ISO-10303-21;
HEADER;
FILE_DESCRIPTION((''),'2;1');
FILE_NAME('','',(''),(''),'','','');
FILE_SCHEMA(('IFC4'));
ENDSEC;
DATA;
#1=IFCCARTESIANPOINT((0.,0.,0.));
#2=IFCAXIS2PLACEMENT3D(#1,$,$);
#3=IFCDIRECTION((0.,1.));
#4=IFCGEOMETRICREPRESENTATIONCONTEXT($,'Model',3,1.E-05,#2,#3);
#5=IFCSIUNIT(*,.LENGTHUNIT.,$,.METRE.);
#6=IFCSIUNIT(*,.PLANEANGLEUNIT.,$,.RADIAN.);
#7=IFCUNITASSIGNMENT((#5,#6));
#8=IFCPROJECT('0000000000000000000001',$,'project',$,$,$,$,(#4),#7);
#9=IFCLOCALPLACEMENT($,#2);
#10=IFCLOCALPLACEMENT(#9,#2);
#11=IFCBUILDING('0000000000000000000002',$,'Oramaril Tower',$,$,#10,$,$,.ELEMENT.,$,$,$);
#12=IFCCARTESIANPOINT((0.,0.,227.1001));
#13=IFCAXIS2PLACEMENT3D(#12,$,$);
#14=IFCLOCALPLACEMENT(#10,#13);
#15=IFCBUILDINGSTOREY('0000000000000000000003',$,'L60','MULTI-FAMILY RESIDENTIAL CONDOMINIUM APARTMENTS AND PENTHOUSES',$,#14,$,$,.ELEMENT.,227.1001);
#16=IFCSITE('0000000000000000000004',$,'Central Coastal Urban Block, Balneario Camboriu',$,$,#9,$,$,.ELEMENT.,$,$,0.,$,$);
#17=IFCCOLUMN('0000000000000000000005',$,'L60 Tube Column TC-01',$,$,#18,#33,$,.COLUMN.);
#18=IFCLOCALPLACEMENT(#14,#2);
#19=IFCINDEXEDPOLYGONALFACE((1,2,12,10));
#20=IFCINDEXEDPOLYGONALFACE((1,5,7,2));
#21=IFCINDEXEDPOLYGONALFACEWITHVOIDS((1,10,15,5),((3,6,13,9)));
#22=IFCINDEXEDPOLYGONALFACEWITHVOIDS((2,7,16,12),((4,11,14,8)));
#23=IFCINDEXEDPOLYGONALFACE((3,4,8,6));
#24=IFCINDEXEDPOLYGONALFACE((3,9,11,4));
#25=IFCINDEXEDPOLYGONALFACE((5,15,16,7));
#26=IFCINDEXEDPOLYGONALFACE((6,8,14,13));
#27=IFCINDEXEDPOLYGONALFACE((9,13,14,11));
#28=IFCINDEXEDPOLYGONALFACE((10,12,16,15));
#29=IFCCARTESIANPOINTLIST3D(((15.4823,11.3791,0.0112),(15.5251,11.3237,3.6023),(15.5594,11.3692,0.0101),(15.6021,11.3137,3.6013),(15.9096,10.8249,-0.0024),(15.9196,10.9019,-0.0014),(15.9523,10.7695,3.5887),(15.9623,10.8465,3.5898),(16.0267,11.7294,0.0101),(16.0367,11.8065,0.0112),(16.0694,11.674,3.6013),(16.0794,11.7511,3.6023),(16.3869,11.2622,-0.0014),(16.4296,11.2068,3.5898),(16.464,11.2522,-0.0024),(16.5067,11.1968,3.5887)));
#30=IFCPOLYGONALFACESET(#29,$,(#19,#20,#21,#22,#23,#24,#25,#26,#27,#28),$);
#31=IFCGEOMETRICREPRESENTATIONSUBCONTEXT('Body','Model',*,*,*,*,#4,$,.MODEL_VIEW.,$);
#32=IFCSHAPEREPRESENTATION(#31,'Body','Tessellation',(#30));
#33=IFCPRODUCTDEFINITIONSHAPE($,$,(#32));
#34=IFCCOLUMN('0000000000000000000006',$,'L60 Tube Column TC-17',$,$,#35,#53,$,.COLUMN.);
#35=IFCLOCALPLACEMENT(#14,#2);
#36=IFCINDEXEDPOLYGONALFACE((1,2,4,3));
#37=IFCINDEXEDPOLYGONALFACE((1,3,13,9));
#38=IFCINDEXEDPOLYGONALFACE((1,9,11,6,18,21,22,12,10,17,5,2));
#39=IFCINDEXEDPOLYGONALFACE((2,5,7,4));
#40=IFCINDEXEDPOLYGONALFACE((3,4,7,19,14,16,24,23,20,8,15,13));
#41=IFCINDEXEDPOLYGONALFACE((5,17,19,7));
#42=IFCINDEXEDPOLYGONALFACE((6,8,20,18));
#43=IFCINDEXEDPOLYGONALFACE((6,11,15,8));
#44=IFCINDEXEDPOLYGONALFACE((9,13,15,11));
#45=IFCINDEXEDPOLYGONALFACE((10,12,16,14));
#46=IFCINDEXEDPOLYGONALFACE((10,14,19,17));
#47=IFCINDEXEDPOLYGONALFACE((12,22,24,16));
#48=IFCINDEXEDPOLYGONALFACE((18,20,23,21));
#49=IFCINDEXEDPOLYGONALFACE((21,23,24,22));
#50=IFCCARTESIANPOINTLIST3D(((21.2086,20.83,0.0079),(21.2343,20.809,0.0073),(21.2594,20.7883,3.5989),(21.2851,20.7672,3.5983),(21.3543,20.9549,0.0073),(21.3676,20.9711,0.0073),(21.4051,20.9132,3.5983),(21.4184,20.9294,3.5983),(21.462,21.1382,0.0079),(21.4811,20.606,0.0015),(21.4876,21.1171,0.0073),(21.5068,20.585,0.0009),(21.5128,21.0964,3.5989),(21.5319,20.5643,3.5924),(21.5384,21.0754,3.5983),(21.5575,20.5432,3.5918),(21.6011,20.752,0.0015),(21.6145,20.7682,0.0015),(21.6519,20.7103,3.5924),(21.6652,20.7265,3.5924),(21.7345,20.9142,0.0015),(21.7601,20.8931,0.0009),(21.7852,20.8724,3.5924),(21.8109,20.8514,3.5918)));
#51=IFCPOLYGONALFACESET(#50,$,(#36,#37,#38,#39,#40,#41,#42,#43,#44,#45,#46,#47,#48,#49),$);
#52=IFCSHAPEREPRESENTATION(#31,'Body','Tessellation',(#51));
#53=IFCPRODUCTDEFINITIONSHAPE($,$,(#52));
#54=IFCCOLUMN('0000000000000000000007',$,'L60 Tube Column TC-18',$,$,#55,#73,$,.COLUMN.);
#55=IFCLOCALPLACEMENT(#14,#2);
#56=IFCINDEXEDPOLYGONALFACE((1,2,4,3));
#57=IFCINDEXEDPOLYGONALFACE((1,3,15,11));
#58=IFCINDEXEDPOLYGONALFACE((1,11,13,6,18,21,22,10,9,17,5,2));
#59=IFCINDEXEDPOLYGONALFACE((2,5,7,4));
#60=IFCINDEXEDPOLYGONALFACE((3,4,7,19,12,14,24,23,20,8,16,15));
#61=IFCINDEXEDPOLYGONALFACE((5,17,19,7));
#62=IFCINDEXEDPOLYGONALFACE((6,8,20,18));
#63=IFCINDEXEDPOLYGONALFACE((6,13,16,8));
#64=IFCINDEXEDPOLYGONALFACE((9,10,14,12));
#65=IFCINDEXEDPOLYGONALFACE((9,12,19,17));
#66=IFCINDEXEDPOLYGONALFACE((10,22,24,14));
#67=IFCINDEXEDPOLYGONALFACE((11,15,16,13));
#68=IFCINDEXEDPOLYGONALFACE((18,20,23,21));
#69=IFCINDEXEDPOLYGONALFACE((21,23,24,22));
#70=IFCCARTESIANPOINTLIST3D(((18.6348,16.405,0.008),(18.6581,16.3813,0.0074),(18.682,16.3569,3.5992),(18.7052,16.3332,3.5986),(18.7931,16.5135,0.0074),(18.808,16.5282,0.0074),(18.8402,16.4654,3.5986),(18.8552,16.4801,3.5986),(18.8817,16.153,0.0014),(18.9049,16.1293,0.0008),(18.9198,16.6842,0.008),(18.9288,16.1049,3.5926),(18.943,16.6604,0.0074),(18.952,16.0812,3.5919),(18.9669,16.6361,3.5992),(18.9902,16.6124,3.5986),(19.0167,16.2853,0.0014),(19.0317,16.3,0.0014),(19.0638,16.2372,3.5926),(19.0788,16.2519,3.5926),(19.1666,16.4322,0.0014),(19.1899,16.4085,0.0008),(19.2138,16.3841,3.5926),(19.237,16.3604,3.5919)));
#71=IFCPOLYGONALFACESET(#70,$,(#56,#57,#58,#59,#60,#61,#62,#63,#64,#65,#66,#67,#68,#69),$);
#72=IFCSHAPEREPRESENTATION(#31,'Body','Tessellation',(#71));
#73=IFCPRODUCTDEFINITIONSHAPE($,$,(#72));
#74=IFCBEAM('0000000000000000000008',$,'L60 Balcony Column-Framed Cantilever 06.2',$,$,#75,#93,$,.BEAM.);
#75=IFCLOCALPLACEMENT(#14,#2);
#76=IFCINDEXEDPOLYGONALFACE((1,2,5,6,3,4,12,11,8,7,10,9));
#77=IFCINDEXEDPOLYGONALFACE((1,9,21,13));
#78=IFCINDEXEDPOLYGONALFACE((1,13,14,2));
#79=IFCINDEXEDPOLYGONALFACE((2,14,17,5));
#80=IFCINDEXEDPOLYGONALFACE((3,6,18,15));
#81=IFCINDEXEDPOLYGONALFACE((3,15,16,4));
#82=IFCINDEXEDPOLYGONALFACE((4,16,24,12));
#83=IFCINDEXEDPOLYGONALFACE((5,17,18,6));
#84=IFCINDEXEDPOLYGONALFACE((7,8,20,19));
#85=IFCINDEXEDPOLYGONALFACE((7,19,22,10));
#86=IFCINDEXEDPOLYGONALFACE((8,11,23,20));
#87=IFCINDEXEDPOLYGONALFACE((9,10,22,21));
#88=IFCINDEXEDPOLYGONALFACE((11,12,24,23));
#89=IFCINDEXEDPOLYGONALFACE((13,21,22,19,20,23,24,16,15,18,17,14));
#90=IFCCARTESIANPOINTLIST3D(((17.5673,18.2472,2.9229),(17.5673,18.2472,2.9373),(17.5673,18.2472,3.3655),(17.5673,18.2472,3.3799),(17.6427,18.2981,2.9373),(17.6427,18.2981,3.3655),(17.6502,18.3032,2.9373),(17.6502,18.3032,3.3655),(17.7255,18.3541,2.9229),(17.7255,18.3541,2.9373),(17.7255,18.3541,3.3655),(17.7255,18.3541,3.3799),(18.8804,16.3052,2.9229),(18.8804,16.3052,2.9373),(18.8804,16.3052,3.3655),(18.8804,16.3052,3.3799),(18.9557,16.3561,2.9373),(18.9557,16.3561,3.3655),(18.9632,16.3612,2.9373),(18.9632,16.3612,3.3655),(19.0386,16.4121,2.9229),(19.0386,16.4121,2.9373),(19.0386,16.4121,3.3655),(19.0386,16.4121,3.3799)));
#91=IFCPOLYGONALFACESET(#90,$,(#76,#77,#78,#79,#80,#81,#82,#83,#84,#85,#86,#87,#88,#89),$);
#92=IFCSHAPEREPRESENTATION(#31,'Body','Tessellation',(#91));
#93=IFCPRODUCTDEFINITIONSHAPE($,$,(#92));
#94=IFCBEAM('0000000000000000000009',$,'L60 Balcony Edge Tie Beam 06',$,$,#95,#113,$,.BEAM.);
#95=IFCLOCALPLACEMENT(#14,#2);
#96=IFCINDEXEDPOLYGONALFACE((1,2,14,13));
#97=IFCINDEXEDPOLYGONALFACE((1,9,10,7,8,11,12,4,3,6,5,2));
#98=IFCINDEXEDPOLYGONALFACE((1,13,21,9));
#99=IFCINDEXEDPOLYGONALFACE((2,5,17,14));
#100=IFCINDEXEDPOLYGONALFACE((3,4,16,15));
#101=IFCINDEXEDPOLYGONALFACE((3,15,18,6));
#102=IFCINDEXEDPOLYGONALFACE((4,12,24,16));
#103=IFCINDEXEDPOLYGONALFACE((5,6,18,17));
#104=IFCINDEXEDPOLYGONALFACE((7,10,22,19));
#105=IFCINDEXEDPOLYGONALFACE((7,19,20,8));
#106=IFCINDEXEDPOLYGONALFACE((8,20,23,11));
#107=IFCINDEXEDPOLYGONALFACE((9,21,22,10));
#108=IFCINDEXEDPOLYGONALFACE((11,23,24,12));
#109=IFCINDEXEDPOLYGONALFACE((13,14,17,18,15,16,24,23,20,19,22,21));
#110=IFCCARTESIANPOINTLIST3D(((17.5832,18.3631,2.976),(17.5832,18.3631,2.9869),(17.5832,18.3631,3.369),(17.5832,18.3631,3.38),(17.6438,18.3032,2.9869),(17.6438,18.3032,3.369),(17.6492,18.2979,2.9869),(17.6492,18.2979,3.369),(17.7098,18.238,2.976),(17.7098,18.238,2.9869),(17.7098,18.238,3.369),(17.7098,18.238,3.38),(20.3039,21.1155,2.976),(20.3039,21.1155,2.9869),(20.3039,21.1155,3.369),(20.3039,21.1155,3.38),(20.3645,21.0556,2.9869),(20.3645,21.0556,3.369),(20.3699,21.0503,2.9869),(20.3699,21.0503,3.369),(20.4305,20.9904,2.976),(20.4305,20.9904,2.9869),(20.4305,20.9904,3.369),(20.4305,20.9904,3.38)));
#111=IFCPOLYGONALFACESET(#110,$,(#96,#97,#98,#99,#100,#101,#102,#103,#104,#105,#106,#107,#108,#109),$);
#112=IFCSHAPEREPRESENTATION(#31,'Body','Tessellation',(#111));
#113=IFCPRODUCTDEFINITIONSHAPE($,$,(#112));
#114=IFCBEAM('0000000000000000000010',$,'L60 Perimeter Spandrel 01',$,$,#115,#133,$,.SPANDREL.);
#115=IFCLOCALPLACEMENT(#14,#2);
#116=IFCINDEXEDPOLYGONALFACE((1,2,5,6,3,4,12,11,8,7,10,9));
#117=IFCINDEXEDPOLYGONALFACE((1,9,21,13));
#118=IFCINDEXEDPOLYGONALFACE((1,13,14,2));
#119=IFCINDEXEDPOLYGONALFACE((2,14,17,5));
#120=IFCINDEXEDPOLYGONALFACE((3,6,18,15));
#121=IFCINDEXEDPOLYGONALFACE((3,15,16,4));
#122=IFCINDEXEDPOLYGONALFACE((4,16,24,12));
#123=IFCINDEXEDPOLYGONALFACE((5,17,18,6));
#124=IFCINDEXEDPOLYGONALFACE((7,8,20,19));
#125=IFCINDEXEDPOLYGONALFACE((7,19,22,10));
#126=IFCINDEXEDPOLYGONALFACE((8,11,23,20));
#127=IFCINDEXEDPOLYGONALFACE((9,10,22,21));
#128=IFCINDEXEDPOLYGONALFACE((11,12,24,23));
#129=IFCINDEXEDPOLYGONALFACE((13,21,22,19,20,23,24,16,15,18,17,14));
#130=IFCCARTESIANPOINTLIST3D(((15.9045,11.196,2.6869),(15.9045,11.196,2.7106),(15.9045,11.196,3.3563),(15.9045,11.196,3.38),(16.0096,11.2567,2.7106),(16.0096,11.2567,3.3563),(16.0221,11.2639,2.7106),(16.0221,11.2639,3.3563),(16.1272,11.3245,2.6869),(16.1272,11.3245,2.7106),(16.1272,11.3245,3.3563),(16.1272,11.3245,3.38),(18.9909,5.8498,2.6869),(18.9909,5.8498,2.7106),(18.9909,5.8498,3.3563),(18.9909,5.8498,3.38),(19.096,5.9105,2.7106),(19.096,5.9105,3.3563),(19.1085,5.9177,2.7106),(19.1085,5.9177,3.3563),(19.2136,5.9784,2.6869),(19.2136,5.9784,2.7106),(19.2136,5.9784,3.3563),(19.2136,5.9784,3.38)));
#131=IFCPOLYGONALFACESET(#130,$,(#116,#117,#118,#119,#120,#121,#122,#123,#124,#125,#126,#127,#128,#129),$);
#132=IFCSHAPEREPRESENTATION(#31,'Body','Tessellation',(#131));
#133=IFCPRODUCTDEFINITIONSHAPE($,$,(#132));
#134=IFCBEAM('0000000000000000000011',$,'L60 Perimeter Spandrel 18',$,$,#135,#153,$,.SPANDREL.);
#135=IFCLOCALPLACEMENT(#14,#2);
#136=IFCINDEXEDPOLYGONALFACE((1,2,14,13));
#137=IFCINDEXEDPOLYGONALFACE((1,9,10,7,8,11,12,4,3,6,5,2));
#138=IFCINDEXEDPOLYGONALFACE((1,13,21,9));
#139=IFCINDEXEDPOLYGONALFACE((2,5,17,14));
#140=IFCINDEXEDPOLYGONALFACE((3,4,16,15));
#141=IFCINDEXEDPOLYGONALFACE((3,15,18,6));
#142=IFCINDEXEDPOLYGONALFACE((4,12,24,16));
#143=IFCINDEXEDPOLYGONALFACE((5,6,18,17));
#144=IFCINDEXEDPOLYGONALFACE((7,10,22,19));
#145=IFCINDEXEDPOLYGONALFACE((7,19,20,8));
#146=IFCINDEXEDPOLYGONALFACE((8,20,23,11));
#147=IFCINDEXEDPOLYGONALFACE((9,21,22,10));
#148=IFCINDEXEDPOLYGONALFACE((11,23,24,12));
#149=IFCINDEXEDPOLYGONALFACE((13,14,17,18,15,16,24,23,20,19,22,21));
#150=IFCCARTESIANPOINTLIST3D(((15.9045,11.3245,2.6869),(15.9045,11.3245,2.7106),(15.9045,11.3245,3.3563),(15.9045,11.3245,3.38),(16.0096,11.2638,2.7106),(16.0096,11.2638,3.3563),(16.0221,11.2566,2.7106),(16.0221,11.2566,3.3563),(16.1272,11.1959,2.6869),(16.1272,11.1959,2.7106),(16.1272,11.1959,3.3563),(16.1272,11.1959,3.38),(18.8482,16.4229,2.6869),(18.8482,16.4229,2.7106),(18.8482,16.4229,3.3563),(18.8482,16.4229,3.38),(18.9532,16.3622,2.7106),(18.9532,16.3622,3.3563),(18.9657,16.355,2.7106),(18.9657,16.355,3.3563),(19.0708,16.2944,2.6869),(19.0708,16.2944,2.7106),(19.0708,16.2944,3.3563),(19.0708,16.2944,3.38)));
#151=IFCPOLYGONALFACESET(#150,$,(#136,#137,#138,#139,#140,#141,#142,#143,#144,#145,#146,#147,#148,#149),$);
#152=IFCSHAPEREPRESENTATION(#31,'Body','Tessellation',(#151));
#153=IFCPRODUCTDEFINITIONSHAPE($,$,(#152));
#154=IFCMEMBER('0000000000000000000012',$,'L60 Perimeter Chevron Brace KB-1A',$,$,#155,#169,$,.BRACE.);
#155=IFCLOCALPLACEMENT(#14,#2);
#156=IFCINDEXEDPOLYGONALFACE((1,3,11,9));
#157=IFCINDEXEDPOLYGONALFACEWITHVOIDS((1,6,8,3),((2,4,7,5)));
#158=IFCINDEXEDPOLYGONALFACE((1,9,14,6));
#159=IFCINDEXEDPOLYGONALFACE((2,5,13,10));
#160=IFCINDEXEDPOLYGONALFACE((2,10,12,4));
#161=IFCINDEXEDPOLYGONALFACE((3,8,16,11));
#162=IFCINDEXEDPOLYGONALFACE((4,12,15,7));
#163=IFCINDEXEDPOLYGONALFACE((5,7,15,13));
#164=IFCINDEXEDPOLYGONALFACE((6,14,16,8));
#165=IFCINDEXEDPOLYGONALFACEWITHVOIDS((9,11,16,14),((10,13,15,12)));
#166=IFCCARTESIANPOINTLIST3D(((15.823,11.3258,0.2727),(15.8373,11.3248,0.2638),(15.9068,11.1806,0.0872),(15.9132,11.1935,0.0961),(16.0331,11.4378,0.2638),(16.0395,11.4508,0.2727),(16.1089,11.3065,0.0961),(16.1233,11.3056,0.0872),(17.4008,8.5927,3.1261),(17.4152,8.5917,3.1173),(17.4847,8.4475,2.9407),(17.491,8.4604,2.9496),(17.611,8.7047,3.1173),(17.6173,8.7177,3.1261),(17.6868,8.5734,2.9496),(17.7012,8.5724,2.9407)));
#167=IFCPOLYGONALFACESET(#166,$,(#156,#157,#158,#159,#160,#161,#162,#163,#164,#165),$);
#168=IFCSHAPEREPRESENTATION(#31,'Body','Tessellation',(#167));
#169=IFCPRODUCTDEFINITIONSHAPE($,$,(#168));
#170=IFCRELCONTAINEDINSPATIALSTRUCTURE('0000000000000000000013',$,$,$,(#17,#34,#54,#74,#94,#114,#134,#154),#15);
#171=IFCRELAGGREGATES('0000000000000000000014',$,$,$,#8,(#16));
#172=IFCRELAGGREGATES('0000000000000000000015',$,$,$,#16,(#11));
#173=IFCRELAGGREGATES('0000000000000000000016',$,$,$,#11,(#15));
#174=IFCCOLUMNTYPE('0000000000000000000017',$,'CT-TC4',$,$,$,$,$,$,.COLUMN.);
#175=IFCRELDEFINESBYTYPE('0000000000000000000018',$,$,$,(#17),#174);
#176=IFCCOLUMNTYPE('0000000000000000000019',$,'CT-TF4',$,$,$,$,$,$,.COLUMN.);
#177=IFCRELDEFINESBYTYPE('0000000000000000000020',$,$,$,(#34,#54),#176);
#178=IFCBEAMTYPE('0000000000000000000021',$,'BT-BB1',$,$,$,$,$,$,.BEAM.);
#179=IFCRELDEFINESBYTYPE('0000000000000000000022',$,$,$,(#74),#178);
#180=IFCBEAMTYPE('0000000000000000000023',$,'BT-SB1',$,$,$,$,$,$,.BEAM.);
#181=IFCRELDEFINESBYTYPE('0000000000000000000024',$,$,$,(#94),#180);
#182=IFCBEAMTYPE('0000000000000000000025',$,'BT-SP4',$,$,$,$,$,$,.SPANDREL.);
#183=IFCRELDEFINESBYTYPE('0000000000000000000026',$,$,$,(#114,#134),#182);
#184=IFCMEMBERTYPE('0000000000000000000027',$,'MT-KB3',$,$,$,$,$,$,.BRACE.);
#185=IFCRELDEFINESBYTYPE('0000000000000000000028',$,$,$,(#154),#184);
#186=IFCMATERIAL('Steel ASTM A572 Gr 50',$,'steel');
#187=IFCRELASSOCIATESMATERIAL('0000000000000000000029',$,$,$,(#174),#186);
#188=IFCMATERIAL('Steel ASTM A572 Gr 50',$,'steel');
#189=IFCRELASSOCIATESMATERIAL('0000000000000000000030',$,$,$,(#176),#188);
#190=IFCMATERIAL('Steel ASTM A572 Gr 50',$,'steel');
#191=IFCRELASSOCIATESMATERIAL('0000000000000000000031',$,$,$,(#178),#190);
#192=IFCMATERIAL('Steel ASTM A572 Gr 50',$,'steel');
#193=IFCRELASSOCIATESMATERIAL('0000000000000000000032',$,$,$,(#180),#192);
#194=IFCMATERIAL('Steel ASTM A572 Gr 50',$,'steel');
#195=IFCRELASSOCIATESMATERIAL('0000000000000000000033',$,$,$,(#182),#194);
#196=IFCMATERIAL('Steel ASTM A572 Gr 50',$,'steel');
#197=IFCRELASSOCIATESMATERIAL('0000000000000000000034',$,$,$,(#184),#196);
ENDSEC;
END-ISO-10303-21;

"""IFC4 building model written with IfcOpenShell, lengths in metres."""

from ifc_helpers import new_model, si_unit, direction, frame, origin, origin_2d, place, context, subcontext, project, spatial, hollow_rectangle, i_section, extrude, material, material_profile, profile_set, type_object, element, save


model = new_model("IFC4")

# Units and contexts
model_context = context("Model", 3, precision=1e-05, world=origin(), true_north=direction((0.0, 1.0)))
body_context = subcontext(model_context, "Body", "Model", "MODEL_VIEW")
ifc_project = project(units=[si_unit("LENGTHUNIT", "METRE"), si_unit("PLANEANGLEUNIT", "RADIAN")], contexts=[model_context])

# Site, building, storey
site_placement = place(None, origin())
site = spatial("IfcSite", under=ifc_project, at=site_placement, Name="Central Coastal Urban Block, Balneario Camboriu", CompositionType="ELEMENT", RefElevation=0.0)
building_placement = place(site_placement, origin())
building = spatial("IfcBuilding", under=site, at=building_placement, Name="Oramaril Tower", CompositionType="ELEMENT")
storey_placement = place(building_placement, frame((0.0, 0.0, 227.1001)))
storey = spatial("IfcBuildingStorey", under=building, at=storey_placement, Name="L60", Description="MULTI-FAMILY RESIDENTIAL CONDOMINIUM APARTMENTS AND PENTHOUSES", CompositionType="ELEMENT", Elevation=227.1001)

# Columns
ifc_material_1 = material(Name="Steel ASTM A572 Gr 50", Category="steel")
ifc_material_profile_1 = material_profile(ifc_material_1, hollow_rectangle(XDim=0.7, YDim=0.7, WallThickness=0.0549, at=origin_2d()), Name="BOX700X700X55")
ifc_profile_set_1 = profile_set([ifc_material_profile_1], Name="Steel ASTM A572 Gr 50")
column_type_1 = type_object("IfcColumnType", Name="CT-TC4", PredefinedType="COLUMN", material=ifc_profile_set_1)
column_1_placement = place(storey_placement, frame((15.9731, 11.3157, 0.0044), z_axis=(0.011895, -0.01543, 0.99981), x_axis=(0.791975, 0.610553, 0.0)))
element("IfcColumn", 1, at=column_1_placement, inside=storey, type_object=column_type_1, Name="L60 Tube Column TC-01", PredefinedType="COLUMN", context=body_context, shape_type="SweptSolid", body=[
    extrude(hollow_rectangle(XDim=0.7, YDim=0.7, WallThickness=0.0549, at=origin_2d()), origin(), (0.0, 0.0, 1.0), 3.5918),
])
ifc_material_2 = material(Name="Steel ASTM A572 Gr 50", Category="steel")
ifc_material_profile_2 = material_profile(ifc_material_2, i_section(OverallWidth=0.3989, OverallDepth=0.386, WebThickness=0.021, FlangeThickness=0.0332, at=origin_2d()), Name="W14X176")
ifc_profile_set_2 = profile_set([ifc_material_profile_2], Name="Steel ASTM A572 Gr 50")
column_type_2 = type_object("IfcColumnType", Name="CT-TF4", PredefinedType="COLUMN", material=ifc_profile_set_2)
column_2_placement = place(storey_placement, frame((21.4844, 20.8616, 0.0044), z_axis=(0.014139, -0.011624, 0.999832), x_axis=(0.635056, 0.772466, 0.0)))
element("IfcColumn", 2, at=column_2_placement, inside=storey, type_object=column_type_2, Name="L60 Tube Column TC-17", PredefinedType="COLUMN", context=body_context, shape_type="SweptSolid", body=[
    extrude(i_section(OverallWidth=0.3989, OverallDepth=0.386, WebThickness=0.021, FlangeThickness=0.0332, at=origin_2d()), origin(), (0.0, 0.0, 1.0), 3.5916),
])
column_3_placement = place(storey_placement, frame((18.9124, 16.4067, 0.0044), z_axis=(0.013119, -0.013391, 0.999824), x_axis=(0.714322, 0.699818, 0.0)))
element("IfcColumn", 3, at=column_3_placement, inside=storey, type_object=column_type_2, Name="L60 Tube Column TC-18", PredefinedType="COLUMN", context=body_context, shape_type="SweptSolid", body=[
    extrude(i_section(OverallWidth=0.3989, OverallDepth=0.386, WebThickness=0.021, FlangeThickness=0.0332, at=origin_2d()), origin(), (0.0, 0.0, 1.0), 3.5918),
])

# Beams
ifc_material_3 = material(Name="Steel ASTM A572 Gr 50", Category="steel")
ifc_material_profile_3 = material_profile(ifc_material_3, i_section(OverallWidth=0.1909, OverallDepth=0.457, WebThickness=0.009, FlangeThickness=0.0144, at=origin_2d()), Name="W18X50")
ifc_profile_set_3 = profile_set([ifc_material_profile_3], Name="Steel ASTM A572 Gr 50")
beam_type_1 = type_object("IfcBeamType", Name="BT-BB1", PredefinedType="BEAM", material=ifc_profile_set_3)
beam_1_placement = place(storey_placement, frame((18.9595, 16.3586, 3.1514), z_axis=(-0.56012, 0.828411, 0.0), x_axis=(-0.828411, -0.56012, 0.0)))
element("IfcBeam", 4, at=beam_1_placement, inside=storey, type_object=beam_type_1, Name="L60 Balcony Column-Framed Cantilever 06.2", PredefinedType="BEAM", context=body_context, shape_type="SweptSolid", body=[
    extrude(i_section(OverallWidth=0.1909, OverallDepth=0.457, WebThickness=0.009, FlangeThickness=0.0144, at=origin_2d()), origin(), (0.0, 0.0, 1.0), 2.3442),
])
ifc_material_4 = material(Name="Steel ASTM A572 Gr 50", Category="steel")
ifc_material_profile_4 = material_profile(ifc_material_4, i_section(OverallWidth=0.178, OverallDepth=0.4041, WebThickness=0.0076, FlangeThickness=0.011, at=origin_2d()), Name="W16X36")
ifc_profile_set_4 = profile_set([ifc_material_profile_4], Name="Steel ASTM A572 Gr 50")
beam_type_2 = type_object("IfcBeamType", Name="BT-SB1", PredefinedType="BEAM", material=ifc_profile_set_4)
beam_2_placement = place(storey_placement, frame((20.3672, 21.053, 3.178), z_axis=(-0.702995, -0.711195, 0.0), x_axis=(0.711195, -0.702995, 0.0)))
element("IfcBeam", 5, at=beam_2_placement, inside=storey, type_object=beam_type_2, Name="L60 Balcony Edge Tie Beam 06", PredefinedType="BEAM", context=body_context, shape_type="SweptSolid", body=[
    extrude(i_section(OverallWidth=0.178, OverallDepth=0.4041, WebThickness=0.0076, FlangeThickness=0.011, at=origin_2d()), origin(), (0.0, 0.0, 1.0), 3.8701),
])
ifc_material_5 = material(Name="Steel ASTM A572 Gr 50", Category="steel")
ifc_material_profile_5 = material_profile(ifc_material_5, i_section(OverallWidth=0.2571, OverallDepth=0.6931, WebThickness=0.0144, FlangeThickness=0.0237, at=origin_2d()), Name="W27X114")
ifc_profile_set_5 = profile_set([ifc_material_profile_5], Name="Steel ASTM A572 Gr 50")
beam_type_3 = type_object("IfcBeamType", Name="BT-SP4", PredefinedType="SPANDREL", material=ifc_profile_set_5)
beam_3_placement = place(storey_placement, frame((16.0159, 11.2603, 3.0334), z_axis=(0.499976, -0.866039, 0.0), x_axis=(0.866039, 0.499976, 0.0)))
element("IfcBeam", 6, at=beam_3_placement, inside=storey, type_object=beam_type_3, Name="L60 Perimeter Spandrel 01", PredefinedType="SPANDREL", context=body_context, shape_type="SweptSolid", body=[
    extrude(i_section(OverallWidth=0.2571, OverallDepth=0.6931, WebThickness=0.0144, FlangeThickness=0.0237, at=origin_2d()), origin(), (0.0, 0.0, 1.0), 6.1731),
])
beam_4_placement = place(storey_placement, frame((18.9595, 16.3586, 3.0334), z_axis=(-0.500006, -0.866022, 0.0), x_axis=(0.866022, -0.500006, 0.0)))
element("IfcBeam", 7, at=beam_4_placement, inside=storey, type_object=beam_type_3, Name="L60 Perimeter Spandrel 18", PredefinedType="SPANDREL", context=body_context, shape_type="SweptSolid", body=[
    extrude(i_section(OverallWidth=0.2571, OverallDepth=0.6931, WebThickness=0.0144, FlangeThickness=0.0237, at=origin_2d()), origin(), (0.0, 0.0, 1.0), 5.8872),
])

# Member
ifc_material_6 = material(Name="Steel ASTM A572 Gr 50", Category="steel")
ifc_material_profile_6 = material_profile(ifc_material_6, hollow_rectangle(XDim=0.25, YDim=0.25, WallThickness=0.012, at=origin_2d()), Name="HSS250X250X12")
ifc_profile_set_6 = profile_set([ifc_material_profile_6], Name="Steel ASTM A572 Gr 50")
member_type = type_object("IfcMemberType", Name="MT-KB3", PredefinedType="BRACE", material=ifc_profile_set_6)
member_placement = place(storey_placement, frame((15.9731, 11.3157, 0.1799), z_axis=(0.370857, -0.642386, 0.670675), x_axis=(0.86604, 0.499975, 0.0)))
element("IfcMember", 8, at=member_placement, inside=storey, type_object=member_type, Name="L60 Perimeter Chevron Brace KB-1A", PredefinedType="BRACE", context=body_context, shape_type="SweptSolid", body=[
    extrude(hollow_rectangle(XDim=0.25, YDim=0.25, WallThickness=0.012, at=origin_2d()), origin(), (0.0, 0.0, 1.0), 4.2546),
])

save(model, "model.ifc")
